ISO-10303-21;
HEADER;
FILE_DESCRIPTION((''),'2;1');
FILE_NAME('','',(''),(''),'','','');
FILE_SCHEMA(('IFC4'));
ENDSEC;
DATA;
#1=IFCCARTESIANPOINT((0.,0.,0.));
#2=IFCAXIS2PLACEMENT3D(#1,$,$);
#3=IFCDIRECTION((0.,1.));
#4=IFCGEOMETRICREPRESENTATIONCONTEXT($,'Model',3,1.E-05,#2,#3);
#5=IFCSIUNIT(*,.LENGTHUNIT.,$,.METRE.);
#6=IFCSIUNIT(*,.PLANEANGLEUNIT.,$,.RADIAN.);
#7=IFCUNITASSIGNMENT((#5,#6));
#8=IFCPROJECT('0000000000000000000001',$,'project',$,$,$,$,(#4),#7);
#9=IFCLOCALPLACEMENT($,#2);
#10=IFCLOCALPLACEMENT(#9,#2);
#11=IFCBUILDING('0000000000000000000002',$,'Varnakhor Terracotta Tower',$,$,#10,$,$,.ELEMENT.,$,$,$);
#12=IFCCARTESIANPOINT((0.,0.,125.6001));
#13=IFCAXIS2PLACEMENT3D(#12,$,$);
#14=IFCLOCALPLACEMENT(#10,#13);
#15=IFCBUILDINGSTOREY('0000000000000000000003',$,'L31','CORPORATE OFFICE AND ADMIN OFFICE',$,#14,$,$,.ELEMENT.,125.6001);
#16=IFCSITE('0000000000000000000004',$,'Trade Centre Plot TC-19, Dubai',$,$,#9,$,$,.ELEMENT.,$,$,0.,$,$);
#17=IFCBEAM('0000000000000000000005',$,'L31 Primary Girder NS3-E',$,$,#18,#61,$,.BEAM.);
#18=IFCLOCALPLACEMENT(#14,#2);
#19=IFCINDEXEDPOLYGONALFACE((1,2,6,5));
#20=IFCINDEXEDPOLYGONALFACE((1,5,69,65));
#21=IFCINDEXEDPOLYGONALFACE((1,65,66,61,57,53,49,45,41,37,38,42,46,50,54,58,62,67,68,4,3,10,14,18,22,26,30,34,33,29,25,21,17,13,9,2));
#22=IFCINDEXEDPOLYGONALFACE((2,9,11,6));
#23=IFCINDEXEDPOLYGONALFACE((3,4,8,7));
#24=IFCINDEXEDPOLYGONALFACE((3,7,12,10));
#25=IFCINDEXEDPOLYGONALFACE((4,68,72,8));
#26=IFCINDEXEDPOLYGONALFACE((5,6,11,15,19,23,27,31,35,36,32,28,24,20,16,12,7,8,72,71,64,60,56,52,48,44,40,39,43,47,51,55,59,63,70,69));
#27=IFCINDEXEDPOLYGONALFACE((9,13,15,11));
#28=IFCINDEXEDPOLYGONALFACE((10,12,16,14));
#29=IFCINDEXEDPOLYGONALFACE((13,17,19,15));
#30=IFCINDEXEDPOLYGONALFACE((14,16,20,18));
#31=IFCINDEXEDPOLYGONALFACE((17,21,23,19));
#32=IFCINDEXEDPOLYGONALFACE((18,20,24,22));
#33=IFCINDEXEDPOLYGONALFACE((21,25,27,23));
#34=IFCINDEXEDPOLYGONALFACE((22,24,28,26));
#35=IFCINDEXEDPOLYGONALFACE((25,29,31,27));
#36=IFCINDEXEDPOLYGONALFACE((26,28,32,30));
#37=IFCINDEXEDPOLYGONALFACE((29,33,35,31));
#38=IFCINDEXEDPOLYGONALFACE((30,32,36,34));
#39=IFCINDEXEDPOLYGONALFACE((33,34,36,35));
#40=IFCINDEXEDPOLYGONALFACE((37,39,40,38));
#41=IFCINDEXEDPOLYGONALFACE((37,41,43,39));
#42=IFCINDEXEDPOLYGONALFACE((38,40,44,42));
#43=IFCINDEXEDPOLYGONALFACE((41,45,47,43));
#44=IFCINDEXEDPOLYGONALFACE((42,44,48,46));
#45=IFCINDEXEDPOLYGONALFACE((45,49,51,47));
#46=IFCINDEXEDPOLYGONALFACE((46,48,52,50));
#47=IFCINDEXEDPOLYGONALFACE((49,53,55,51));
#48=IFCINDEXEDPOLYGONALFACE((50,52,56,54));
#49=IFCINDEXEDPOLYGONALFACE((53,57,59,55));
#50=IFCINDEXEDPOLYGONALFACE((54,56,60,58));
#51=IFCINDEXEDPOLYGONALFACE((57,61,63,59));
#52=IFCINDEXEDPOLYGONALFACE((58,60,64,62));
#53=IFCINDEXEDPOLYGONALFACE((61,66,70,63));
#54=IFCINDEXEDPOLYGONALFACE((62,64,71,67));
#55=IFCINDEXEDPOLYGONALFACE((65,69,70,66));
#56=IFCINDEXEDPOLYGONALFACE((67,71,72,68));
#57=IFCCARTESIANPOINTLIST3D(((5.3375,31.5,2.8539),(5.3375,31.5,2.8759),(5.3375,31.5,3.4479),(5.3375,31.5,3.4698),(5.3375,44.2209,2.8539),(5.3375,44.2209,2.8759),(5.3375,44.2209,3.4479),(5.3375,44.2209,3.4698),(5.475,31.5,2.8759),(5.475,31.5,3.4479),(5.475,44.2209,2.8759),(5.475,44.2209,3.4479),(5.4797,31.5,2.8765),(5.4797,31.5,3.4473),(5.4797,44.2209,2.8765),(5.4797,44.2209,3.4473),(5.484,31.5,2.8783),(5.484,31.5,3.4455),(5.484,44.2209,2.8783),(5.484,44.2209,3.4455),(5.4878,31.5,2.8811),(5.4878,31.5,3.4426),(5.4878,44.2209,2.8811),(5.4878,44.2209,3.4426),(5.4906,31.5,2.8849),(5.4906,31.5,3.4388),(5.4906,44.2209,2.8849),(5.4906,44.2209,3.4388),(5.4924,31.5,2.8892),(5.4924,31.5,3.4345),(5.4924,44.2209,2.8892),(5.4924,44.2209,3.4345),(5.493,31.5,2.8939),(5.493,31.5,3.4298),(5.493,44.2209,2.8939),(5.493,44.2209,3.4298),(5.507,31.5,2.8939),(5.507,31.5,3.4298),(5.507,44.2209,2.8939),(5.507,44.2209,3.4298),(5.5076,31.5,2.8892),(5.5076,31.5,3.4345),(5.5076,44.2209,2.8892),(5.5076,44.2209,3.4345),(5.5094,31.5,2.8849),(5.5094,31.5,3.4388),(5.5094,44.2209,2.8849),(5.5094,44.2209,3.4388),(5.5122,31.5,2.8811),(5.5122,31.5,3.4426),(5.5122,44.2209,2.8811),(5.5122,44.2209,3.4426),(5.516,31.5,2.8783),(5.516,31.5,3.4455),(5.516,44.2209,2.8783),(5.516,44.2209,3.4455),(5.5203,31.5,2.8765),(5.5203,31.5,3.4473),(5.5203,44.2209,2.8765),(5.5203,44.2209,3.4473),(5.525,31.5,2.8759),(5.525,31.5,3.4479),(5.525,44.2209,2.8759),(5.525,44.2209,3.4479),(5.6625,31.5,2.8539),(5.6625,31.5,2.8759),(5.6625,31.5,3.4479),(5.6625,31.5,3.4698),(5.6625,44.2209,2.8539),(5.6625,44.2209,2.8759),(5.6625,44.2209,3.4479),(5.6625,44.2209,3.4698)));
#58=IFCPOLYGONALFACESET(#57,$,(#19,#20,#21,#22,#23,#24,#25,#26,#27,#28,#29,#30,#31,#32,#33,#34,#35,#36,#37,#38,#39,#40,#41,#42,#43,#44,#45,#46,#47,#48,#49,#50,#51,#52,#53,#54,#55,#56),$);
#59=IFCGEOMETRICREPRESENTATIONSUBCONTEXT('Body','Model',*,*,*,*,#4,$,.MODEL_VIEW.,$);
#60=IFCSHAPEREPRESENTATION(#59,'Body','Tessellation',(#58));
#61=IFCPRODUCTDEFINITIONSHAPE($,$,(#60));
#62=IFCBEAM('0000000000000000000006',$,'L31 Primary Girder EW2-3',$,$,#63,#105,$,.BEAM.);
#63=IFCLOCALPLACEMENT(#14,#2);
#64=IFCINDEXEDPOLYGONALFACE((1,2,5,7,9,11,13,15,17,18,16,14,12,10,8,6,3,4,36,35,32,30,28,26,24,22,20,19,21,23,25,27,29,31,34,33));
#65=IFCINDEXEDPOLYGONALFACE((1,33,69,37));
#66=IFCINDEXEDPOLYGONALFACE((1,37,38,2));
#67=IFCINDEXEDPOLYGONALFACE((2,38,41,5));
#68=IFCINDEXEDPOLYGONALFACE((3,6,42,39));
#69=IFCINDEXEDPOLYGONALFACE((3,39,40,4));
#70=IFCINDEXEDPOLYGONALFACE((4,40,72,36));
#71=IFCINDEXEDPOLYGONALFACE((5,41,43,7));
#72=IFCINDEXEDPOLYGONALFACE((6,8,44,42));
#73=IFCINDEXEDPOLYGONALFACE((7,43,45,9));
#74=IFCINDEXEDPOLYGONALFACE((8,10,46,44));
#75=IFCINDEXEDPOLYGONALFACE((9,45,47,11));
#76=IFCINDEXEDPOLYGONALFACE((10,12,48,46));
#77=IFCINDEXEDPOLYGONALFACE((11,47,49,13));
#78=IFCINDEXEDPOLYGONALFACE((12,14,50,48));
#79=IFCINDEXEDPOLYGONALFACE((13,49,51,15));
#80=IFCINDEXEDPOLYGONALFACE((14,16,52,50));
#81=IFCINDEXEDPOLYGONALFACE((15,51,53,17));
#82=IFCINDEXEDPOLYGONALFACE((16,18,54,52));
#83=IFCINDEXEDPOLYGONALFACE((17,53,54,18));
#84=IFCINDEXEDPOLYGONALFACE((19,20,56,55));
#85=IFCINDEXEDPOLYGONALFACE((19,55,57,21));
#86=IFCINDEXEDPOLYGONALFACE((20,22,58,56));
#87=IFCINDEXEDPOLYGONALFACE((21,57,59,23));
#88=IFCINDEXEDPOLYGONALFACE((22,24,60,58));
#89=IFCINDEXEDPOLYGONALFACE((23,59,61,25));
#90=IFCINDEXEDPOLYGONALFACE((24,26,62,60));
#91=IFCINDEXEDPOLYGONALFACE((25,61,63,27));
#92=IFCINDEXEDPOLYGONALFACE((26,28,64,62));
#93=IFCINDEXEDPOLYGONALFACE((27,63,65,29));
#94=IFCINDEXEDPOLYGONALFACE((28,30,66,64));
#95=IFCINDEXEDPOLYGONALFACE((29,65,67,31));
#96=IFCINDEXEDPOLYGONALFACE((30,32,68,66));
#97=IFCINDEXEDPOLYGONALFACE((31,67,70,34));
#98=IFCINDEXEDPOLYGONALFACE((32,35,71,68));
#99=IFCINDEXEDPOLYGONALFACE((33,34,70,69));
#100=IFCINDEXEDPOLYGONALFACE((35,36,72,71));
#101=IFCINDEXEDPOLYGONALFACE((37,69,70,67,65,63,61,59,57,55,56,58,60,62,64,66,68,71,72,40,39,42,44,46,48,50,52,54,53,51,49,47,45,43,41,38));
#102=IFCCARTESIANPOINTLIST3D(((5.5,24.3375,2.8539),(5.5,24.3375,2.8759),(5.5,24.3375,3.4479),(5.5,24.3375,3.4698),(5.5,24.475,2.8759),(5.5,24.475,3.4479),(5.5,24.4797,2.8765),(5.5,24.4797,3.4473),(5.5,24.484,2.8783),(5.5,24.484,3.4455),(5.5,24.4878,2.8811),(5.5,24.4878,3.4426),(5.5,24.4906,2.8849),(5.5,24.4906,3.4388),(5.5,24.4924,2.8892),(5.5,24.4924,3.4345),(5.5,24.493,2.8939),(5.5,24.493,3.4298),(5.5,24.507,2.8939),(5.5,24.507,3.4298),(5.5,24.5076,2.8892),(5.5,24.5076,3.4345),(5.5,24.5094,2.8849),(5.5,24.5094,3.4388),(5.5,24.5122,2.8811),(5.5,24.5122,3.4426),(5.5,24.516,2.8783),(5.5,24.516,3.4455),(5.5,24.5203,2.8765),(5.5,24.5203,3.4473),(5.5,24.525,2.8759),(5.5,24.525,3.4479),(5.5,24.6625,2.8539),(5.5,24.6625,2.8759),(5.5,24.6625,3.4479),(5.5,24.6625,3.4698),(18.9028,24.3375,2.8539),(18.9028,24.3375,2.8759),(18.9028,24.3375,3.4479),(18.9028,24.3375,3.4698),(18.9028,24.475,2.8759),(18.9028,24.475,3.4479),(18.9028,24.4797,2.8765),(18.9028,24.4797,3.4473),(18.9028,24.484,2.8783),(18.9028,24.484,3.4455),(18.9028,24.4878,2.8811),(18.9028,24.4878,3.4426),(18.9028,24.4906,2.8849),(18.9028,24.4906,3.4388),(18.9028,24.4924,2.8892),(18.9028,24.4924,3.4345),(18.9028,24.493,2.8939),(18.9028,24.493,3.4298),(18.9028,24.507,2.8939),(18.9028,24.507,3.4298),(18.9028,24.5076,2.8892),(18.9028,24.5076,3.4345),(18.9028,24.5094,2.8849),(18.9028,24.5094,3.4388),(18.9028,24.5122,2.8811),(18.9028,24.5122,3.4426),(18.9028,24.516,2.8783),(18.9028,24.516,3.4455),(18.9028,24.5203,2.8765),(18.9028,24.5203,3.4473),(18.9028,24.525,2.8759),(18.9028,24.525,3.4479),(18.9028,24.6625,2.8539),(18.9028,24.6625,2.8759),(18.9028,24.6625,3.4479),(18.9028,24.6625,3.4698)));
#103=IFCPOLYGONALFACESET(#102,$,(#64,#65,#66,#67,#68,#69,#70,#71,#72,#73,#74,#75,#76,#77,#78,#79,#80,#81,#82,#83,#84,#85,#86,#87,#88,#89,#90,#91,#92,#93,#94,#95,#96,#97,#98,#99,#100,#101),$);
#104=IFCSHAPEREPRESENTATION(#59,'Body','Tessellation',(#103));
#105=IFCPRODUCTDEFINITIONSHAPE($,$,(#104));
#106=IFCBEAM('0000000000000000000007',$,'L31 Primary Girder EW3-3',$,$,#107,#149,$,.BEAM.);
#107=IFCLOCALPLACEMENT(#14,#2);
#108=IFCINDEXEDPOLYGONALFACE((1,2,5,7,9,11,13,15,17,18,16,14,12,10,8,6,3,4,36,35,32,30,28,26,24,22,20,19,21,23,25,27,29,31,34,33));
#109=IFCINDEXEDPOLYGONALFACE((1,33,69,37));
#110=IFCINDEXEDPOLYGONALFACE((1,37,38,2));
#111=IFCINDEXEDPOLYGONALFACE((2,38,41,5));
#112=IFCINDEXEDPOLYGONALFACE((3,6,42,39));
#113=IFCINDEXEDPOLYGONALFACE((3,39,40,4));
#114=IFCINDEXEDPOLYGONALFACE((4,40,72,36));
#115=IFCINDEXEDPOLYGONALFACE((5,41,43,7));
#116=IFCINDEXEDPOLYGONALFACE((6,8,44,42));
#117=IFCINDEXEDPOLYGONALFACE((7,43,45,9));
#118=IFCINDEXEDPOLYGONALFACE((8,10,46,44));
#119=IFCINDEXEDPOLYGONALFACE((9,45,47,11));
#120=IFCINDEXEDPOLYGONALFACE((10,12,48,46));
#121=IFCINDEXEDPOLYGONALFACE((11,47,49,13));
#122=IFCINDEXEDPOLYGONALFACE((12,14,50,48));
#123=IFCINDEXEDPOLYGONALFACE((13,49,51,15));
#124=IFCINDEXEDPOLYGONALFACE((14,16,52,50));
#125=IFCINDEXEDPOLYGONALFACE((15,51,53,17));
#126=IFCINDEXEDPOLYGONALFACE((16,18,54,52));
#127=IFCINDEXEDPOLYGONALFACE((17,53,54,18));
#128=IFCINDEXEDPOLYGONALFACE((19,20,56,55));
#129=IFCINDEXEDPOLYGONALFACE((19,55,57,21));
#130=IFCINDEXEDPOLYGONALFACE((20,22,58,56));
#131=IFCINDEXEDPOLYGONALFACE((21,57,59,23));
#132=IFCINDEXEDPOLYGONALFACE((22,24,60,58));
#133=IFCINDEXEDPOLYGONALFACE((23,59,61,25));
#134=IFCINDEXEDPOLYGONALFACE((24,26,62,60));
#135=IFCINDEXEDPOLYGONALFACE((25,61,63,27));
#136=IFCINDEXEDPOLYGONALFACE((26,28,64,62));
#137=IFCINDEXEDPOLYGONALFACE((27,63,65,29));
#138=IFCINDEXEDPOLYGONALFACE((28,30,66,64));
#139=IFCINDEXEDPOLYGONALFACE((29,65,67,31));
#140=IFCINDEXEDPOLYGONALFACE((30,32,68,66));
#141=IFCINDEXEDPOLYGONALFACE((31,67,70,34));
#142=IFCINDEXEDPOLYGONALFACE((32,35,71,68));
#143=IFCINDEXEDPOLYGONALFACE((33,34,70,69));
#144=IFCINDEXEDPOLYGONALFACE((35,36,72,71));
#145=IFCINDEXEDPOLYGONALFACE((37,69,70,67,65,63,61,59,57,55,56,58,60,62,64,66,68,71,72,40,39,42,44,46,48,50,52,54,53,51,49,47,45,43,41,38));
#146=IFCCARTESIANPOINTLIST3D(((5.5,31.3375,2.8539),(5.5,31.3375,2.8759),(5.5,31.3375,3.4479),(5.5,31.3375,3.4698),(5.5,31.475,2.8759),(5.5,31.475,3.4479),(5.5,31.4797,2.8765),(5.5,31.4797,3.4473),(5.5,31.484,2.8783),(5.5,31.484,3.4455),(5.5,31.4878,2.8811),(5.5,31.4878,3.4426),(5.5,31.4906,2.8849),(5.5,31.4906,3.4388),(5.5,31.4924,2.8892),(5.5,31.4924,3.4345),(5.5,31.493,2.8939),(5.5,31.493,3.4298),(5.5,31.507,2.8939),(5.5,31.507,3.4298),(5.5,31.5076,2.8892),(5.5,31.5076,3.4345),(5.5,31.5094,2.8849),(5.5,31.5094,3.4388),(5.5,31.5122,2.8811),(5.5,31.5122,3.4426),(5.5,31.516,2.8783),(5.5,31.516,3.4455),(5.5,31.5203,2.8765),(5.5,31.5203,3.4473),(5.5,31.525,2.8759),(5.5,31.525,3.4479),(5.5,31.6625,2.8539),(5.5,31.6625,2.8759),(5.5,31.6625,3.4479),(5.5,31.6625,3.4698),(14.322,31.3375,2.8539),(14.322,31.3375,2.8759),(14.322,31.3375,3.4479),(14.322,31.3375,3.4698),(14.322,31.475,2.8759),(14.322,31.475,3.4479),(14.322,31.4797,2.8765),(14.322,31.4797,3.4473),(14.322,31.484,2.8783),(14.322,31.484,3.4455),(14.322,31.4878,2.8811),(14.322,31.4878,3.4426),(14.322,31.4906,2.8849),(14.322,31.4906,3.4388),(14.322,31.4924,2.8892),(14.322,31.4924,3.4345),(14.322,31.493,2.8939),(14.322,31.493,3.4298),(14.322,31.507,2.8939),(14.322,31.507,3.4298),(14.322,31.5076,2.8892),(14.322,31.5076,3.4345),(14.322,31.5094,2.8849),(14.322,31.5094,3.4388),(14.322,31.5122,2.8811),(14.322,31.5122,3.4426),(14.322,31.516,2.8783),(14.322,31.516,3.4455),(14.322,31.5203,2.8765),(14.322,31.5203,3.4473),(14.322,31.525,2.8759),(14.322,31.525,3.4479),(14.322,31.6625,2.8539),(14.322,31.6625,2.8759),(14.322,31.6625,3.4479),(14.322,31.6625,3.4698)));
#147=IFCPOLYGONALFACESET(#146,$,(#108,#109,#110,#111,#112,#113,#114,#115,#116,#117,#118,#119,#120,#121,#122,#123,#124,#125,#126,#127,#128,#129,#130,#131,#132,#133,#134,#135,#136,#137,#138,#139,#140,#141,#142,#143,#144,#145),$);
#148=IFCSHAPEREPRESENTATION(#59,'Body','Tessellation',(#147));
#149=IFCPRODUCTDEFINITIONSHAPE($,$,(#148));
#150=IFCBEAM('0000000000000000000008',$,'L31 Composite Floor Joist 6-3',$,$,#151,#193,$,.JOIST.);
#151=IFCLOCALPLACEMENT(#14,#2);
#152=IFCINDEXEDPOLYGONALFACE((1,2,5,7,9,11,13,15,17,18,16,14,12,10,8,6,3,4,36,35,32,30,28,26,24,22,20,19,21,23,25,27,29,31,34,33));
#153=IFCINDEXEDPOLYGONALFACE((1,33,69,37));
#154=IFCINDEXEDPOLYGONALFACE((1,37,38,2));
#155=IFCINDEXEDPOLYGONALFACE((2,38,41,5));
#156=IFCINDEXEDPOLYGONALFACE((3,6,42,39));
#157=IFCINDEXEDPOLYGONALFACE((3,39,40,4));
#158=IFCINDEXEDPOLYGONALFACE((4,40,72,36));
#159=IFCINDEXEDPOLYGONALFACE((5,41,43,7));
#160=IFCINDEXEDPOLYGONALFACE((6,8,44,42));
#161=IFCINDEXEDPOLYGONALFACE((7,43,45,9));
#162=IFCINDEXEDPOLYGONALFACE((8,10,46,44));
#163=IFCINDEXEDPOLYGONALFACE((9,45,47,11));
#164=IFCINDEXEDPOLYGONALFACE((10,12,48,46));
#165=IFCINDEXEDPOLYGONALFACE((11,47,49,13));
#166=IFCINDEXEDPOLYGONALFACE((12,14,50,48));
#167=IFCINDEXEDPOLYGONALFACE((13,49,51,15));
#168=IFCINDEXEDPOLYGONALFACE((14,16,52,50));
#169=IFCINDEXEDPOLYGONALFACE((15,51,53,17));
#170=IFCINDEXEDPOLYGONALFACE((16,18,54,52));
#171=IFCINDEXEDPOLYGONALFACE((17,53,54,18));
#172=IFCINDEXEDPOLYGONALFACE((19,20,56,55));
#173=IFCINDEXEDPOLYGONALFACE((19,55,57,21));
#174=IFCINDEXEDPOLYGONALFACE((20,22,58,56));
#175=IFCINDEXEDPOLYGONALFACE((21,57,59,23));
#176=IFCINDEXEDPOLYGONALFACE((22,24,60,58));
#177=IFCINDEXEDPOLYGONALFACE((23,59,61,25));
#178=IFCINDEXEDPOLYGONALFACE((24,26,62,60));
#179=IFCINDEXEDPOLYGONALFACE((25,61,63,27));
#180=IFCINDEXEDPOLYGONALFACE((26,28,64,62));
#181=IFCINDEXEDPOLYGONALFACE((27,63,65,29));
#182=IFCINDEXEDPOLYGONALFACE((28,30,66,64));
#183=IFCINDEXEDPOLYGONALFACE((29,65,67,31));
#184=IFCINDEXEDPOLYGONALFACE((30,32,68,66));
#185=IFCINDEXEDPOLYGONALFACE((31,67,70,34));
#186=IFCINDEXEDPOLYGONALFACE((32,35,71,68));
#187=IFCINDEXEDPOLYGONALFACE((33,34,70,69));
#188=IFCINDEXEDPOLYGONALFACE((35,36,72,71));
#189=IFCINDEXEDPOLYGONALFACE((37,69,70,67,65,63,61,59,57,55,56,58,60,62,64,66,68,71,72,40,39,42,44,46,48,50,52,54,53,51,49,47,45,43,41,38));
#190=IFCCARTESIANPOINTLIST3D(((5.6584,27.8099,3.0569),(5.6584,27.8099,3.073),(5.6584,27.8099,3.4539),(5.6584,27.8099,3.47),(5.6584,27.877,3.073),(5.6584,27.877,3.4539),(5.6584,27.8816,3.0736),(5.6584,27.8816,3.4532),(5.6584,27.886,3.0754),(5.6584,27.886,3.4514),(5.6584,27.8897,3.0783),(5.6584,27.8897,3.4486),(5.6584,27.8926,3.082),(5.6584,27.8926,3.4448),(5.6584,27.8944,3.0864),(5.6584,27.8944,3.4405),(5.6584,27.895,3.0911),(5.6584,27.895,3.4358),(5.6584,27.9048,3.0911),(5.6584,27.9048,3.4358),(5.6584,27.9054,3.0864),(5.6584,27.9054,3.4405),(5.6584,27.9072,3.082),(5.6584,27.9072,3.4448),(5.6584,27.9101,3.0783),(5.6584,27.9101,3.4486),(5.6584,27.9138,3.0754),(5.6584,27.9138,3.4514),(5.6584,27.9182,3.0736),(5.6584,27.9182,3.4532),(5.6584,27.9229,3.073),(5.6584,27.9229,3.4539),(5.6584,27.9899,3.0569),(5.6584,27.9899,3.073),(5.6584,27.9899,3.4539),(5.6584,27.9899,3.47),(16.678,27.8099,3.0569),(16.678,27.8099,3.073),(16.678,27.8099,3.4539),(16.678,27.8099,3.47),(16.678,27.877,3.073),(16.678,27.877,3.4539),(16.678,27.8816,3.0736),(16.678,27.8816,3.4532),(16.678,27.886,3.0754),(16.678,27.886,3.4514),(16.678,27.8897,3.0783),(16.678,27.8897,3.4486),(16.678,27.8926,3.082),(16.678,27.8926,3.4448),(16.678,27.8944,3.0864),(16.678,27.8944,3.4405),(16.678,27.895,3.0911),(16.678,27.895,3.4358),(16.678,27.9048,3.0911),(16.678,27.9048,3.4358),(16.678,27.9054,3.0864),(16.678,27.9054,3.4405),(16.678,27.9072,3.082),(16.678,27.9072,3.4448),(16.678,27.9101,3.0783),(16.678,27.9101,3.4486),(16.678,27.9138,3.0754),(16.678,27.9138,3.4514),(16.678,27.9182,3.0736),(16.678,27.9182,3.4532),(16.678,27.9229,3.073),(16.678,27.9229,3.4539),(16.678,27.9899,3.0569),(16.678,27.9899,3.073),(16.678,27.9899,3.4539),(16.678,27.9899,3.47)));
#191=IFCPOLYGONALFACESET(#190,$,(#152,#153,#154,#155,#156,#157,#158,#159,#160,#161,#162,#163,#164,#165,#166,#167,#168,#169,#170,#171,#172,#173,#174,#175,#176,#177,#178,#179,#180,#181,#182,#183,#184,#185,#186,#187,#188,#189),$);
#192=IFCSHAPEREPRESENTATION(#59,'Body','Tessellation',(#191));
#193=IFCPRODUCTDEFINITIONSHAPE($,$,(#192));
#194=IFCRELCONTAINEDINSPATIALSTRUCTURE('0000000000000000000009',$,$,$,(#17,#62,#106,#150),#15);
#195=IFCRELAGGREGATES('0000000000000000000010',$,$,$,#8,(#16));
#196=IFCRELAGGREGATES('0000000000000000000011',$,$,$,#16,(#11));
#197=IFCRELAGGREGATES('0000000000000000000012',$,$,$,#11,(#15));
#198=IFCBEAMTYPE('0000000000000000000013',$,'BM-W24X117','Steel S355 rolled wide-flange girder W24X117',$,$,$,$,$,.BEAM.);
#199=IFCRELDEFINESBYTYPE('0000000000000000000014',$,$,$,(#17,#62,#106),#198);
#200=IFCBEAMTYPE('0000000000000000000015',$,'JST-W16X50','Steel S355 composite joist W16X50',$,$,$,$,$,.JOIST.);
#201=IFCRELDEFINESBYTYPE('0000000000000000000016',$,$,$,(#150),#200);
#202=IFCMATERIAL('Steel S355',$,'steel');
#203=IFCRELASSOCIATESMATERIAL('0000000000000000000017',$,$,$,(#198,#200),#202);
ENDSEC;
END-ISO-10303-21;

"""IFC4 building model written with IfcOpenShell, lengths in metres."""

from ifc_helpers import new_model, si_unit, direction, frame, origin, origin_2d, place, context, subcontext, project, spatial, i_section, extrude, source, transform, mapped, material, material_profile, profile_set, type_object, element, save


model = new_model("IFC4")

# Units and contexts
model_context = context("Model", 3, precision=1e-05, world=origin(), true_north=direction((0.0, 1.0)))
body_context = subcontext(model_context, "Body", "Model", "MODEL_VIEW")
ifc_project = project(units=[si_unit("LENGTHUNIT", "METRE"), si_unit("PLANEANGLEUNIT", "RADIAN")], contexts=[model_context])

# Site, building, storey
site_placement = place(None, origin())
site = spatial("IfcSite", under=ifc_project, at=site_placement, Name="Trade Centre Plot TC-19, Dubai", CompositionType="ELEMENT", RefElevation=0.0)
building_placement = place(site_placement, origin())
building = spatial("IfcBuilding", under=site, at=building_placement, Name="Varnakhor Terracotta Tower", CompositionType="ELEMENT")
storey_placement = place(building_placement, frame((0.0, 0.0, 125.6001)))
storey = spatial("IfcBuildingStorey", under=building, at=storey_placement, Name="L31", Description="CORPORATE OFFICE AND ADMIN OFFICE", CompositionType="ELEMENT", Elevation=125.6001)

# Beams
ifc_material_1 = material(Name="Steel S355", Category="steel")
ifc_material_profile_1 = material_profile(ifc_material_1, i_section(OverallWidth=0.325, OverallDepth=0.616, WebThickness=0.0139, FlangeThickness=0.022, FilletRadius=0.0181, at=origin_2d()), Name="W24X117")
ifc_profile_set_1 = profile_set([ifc_material_profile_1], Name="Steel S355")
beam_type_1 = type_object("IfcBeamType", Name="BM-W24X117", Description="Steel S355 rolled wide-flange girder W24X117", PredefinedType="BEAM", material=ifc_profile_set_1)
shared_shape_1 = source(origin(), body_context, "Body", "SweptSolid", [
    extrude(i_section(OverallWidth=0.325, OverallDepth=0.616, WebThickness=0.0139, FlangeThickness=0.022, FilletRadius=0.0181, at=origin_2d()), origin(), (0.0, 0.0, 1.0), 12.7209),
])
beam_1_placement = place(storey_placement, frame((5.5, 31.5, 3.1619), z_axis=(0.0, 1.0, 0.0), x_axis=(-1.0, 0.0, 0.0)))
element("IfcBeam", 1, at=beam_1_placement, inside=storey, type_object=beam_type_1, Name="L31 Primary Girder NS3-E", PredefinedType="BEAM", context=body_context, shape_type="MappedRepresentation", body=[
    mapped(shared_shape_1, transform((0.0, 0.0, 0.0), scale=1.0)),
])
shared_shape_2 = source(origin(), body_context, "Body", "SweptSolid", [
    extrude(i_section(OverallWidth=0.325, OverallDepth=0.616, WebThickness=0.0139, FlangeThickness=0.022, FilletRadius=0.0181, at=origin_2d()), origin(), (0.0, 0.0, 1.0), 13.4028),
])
beam_2_placement = place(storey_placement, frame((5.5, 24.5, 3.1619), z_axis=(1.0, 0.0, 0.0), x_axis=(0.0, 1.0, 0.0)))
element("IfcBeam", 2, at=beam_2_placement, inside=storey, type_object=beam_type_1, Name="L31 Primary Girder EW2-3", PredefinedType="BEAM", context=body_context, shape_type="MappedRepresentation", body=[
    mapped(shared_shape_2, transform((0.0, 0.0, 0.0), scale=1.0)),
])
shared_shape_3 = source(origin(), body_context, "Body", "SweptSolid", [
    extrude(i_section(OverallWidth=0.325, OverallDepth=0.616, WebThickness=0.0139, FlangeThickness=0.022, FilletRadius=0.0181, at=origin_2d()), origin(), (0.0, 0.0, 1.0), 8.822),
])
beam_3_placement = place(storey_placement, frame((5.5, 31.5, 3.1619), z_axis=(1.0, 0.0, 0.0), x_axis=(0.0, 1.0, 0.0)))
element("IfcBeam", 3, at=beam_3_placement, inside=storey, type_object=beam_type_1, Name="L31 Primary Girder EW3-3", PredefinedType="BEAM", context=body_context, shape_type="MappedRepresentation", body=[
    mapped(shared_shape_3, transform((0.0, 0.0, 0.0), scale=1.0)),
])
ifc_material_profile_2 = material_profile(ifc_material_1, i_section(OverallWidth=0.1799, OverallDepth=0.4131, WebThickness=0.0098, FlangeThickness=0.0161, FilletRadius=0.0181, at=origin_2d()), Name="W16X50")
ifc_profile_set_2 = profile_set([ifc_material_profile_2], Name="Steel S355")
beam_type_2 = type_object("IfcBeamType", Name="JST-W16X50", Description="Steel S355 composite joist W16X50", PredefinedType="JOIST", material=ifc_profile_set_2)
shared_shape_4 = source(origin(), body_context, "Body", "SweptSolid", [
    extrude(i_section(OverallWidth=0.1799, OverallDepth=0.4131, WebThickness=0.0098, FlangeThickness=0.0161, FilletRadius=0.0181, at=origin_2d()), origin(), (0.0, 0.0, 1.0), 11.0195),
])
beam_4_placement = place(storey_placement, frame((5.6584, 27.8999, 3.2634), z_axis=(1.0, 0.0, 0.0), x_axis=(0.0, 1.0, 0.0)))
element("IfcBeam", 4, at=beam_4_placement, inside=storey, type_object=beam_type_2, Name="L31 Composite Floor Joist 6-3", PredefinedType="JOIST", context=body_context, shape_type="MappedRepresentation", body=[
    mapped(shared_shape_4, transform((0.0, 0.0, 0.0), scale=1.0)),
])

save(model, "model.ifc")
